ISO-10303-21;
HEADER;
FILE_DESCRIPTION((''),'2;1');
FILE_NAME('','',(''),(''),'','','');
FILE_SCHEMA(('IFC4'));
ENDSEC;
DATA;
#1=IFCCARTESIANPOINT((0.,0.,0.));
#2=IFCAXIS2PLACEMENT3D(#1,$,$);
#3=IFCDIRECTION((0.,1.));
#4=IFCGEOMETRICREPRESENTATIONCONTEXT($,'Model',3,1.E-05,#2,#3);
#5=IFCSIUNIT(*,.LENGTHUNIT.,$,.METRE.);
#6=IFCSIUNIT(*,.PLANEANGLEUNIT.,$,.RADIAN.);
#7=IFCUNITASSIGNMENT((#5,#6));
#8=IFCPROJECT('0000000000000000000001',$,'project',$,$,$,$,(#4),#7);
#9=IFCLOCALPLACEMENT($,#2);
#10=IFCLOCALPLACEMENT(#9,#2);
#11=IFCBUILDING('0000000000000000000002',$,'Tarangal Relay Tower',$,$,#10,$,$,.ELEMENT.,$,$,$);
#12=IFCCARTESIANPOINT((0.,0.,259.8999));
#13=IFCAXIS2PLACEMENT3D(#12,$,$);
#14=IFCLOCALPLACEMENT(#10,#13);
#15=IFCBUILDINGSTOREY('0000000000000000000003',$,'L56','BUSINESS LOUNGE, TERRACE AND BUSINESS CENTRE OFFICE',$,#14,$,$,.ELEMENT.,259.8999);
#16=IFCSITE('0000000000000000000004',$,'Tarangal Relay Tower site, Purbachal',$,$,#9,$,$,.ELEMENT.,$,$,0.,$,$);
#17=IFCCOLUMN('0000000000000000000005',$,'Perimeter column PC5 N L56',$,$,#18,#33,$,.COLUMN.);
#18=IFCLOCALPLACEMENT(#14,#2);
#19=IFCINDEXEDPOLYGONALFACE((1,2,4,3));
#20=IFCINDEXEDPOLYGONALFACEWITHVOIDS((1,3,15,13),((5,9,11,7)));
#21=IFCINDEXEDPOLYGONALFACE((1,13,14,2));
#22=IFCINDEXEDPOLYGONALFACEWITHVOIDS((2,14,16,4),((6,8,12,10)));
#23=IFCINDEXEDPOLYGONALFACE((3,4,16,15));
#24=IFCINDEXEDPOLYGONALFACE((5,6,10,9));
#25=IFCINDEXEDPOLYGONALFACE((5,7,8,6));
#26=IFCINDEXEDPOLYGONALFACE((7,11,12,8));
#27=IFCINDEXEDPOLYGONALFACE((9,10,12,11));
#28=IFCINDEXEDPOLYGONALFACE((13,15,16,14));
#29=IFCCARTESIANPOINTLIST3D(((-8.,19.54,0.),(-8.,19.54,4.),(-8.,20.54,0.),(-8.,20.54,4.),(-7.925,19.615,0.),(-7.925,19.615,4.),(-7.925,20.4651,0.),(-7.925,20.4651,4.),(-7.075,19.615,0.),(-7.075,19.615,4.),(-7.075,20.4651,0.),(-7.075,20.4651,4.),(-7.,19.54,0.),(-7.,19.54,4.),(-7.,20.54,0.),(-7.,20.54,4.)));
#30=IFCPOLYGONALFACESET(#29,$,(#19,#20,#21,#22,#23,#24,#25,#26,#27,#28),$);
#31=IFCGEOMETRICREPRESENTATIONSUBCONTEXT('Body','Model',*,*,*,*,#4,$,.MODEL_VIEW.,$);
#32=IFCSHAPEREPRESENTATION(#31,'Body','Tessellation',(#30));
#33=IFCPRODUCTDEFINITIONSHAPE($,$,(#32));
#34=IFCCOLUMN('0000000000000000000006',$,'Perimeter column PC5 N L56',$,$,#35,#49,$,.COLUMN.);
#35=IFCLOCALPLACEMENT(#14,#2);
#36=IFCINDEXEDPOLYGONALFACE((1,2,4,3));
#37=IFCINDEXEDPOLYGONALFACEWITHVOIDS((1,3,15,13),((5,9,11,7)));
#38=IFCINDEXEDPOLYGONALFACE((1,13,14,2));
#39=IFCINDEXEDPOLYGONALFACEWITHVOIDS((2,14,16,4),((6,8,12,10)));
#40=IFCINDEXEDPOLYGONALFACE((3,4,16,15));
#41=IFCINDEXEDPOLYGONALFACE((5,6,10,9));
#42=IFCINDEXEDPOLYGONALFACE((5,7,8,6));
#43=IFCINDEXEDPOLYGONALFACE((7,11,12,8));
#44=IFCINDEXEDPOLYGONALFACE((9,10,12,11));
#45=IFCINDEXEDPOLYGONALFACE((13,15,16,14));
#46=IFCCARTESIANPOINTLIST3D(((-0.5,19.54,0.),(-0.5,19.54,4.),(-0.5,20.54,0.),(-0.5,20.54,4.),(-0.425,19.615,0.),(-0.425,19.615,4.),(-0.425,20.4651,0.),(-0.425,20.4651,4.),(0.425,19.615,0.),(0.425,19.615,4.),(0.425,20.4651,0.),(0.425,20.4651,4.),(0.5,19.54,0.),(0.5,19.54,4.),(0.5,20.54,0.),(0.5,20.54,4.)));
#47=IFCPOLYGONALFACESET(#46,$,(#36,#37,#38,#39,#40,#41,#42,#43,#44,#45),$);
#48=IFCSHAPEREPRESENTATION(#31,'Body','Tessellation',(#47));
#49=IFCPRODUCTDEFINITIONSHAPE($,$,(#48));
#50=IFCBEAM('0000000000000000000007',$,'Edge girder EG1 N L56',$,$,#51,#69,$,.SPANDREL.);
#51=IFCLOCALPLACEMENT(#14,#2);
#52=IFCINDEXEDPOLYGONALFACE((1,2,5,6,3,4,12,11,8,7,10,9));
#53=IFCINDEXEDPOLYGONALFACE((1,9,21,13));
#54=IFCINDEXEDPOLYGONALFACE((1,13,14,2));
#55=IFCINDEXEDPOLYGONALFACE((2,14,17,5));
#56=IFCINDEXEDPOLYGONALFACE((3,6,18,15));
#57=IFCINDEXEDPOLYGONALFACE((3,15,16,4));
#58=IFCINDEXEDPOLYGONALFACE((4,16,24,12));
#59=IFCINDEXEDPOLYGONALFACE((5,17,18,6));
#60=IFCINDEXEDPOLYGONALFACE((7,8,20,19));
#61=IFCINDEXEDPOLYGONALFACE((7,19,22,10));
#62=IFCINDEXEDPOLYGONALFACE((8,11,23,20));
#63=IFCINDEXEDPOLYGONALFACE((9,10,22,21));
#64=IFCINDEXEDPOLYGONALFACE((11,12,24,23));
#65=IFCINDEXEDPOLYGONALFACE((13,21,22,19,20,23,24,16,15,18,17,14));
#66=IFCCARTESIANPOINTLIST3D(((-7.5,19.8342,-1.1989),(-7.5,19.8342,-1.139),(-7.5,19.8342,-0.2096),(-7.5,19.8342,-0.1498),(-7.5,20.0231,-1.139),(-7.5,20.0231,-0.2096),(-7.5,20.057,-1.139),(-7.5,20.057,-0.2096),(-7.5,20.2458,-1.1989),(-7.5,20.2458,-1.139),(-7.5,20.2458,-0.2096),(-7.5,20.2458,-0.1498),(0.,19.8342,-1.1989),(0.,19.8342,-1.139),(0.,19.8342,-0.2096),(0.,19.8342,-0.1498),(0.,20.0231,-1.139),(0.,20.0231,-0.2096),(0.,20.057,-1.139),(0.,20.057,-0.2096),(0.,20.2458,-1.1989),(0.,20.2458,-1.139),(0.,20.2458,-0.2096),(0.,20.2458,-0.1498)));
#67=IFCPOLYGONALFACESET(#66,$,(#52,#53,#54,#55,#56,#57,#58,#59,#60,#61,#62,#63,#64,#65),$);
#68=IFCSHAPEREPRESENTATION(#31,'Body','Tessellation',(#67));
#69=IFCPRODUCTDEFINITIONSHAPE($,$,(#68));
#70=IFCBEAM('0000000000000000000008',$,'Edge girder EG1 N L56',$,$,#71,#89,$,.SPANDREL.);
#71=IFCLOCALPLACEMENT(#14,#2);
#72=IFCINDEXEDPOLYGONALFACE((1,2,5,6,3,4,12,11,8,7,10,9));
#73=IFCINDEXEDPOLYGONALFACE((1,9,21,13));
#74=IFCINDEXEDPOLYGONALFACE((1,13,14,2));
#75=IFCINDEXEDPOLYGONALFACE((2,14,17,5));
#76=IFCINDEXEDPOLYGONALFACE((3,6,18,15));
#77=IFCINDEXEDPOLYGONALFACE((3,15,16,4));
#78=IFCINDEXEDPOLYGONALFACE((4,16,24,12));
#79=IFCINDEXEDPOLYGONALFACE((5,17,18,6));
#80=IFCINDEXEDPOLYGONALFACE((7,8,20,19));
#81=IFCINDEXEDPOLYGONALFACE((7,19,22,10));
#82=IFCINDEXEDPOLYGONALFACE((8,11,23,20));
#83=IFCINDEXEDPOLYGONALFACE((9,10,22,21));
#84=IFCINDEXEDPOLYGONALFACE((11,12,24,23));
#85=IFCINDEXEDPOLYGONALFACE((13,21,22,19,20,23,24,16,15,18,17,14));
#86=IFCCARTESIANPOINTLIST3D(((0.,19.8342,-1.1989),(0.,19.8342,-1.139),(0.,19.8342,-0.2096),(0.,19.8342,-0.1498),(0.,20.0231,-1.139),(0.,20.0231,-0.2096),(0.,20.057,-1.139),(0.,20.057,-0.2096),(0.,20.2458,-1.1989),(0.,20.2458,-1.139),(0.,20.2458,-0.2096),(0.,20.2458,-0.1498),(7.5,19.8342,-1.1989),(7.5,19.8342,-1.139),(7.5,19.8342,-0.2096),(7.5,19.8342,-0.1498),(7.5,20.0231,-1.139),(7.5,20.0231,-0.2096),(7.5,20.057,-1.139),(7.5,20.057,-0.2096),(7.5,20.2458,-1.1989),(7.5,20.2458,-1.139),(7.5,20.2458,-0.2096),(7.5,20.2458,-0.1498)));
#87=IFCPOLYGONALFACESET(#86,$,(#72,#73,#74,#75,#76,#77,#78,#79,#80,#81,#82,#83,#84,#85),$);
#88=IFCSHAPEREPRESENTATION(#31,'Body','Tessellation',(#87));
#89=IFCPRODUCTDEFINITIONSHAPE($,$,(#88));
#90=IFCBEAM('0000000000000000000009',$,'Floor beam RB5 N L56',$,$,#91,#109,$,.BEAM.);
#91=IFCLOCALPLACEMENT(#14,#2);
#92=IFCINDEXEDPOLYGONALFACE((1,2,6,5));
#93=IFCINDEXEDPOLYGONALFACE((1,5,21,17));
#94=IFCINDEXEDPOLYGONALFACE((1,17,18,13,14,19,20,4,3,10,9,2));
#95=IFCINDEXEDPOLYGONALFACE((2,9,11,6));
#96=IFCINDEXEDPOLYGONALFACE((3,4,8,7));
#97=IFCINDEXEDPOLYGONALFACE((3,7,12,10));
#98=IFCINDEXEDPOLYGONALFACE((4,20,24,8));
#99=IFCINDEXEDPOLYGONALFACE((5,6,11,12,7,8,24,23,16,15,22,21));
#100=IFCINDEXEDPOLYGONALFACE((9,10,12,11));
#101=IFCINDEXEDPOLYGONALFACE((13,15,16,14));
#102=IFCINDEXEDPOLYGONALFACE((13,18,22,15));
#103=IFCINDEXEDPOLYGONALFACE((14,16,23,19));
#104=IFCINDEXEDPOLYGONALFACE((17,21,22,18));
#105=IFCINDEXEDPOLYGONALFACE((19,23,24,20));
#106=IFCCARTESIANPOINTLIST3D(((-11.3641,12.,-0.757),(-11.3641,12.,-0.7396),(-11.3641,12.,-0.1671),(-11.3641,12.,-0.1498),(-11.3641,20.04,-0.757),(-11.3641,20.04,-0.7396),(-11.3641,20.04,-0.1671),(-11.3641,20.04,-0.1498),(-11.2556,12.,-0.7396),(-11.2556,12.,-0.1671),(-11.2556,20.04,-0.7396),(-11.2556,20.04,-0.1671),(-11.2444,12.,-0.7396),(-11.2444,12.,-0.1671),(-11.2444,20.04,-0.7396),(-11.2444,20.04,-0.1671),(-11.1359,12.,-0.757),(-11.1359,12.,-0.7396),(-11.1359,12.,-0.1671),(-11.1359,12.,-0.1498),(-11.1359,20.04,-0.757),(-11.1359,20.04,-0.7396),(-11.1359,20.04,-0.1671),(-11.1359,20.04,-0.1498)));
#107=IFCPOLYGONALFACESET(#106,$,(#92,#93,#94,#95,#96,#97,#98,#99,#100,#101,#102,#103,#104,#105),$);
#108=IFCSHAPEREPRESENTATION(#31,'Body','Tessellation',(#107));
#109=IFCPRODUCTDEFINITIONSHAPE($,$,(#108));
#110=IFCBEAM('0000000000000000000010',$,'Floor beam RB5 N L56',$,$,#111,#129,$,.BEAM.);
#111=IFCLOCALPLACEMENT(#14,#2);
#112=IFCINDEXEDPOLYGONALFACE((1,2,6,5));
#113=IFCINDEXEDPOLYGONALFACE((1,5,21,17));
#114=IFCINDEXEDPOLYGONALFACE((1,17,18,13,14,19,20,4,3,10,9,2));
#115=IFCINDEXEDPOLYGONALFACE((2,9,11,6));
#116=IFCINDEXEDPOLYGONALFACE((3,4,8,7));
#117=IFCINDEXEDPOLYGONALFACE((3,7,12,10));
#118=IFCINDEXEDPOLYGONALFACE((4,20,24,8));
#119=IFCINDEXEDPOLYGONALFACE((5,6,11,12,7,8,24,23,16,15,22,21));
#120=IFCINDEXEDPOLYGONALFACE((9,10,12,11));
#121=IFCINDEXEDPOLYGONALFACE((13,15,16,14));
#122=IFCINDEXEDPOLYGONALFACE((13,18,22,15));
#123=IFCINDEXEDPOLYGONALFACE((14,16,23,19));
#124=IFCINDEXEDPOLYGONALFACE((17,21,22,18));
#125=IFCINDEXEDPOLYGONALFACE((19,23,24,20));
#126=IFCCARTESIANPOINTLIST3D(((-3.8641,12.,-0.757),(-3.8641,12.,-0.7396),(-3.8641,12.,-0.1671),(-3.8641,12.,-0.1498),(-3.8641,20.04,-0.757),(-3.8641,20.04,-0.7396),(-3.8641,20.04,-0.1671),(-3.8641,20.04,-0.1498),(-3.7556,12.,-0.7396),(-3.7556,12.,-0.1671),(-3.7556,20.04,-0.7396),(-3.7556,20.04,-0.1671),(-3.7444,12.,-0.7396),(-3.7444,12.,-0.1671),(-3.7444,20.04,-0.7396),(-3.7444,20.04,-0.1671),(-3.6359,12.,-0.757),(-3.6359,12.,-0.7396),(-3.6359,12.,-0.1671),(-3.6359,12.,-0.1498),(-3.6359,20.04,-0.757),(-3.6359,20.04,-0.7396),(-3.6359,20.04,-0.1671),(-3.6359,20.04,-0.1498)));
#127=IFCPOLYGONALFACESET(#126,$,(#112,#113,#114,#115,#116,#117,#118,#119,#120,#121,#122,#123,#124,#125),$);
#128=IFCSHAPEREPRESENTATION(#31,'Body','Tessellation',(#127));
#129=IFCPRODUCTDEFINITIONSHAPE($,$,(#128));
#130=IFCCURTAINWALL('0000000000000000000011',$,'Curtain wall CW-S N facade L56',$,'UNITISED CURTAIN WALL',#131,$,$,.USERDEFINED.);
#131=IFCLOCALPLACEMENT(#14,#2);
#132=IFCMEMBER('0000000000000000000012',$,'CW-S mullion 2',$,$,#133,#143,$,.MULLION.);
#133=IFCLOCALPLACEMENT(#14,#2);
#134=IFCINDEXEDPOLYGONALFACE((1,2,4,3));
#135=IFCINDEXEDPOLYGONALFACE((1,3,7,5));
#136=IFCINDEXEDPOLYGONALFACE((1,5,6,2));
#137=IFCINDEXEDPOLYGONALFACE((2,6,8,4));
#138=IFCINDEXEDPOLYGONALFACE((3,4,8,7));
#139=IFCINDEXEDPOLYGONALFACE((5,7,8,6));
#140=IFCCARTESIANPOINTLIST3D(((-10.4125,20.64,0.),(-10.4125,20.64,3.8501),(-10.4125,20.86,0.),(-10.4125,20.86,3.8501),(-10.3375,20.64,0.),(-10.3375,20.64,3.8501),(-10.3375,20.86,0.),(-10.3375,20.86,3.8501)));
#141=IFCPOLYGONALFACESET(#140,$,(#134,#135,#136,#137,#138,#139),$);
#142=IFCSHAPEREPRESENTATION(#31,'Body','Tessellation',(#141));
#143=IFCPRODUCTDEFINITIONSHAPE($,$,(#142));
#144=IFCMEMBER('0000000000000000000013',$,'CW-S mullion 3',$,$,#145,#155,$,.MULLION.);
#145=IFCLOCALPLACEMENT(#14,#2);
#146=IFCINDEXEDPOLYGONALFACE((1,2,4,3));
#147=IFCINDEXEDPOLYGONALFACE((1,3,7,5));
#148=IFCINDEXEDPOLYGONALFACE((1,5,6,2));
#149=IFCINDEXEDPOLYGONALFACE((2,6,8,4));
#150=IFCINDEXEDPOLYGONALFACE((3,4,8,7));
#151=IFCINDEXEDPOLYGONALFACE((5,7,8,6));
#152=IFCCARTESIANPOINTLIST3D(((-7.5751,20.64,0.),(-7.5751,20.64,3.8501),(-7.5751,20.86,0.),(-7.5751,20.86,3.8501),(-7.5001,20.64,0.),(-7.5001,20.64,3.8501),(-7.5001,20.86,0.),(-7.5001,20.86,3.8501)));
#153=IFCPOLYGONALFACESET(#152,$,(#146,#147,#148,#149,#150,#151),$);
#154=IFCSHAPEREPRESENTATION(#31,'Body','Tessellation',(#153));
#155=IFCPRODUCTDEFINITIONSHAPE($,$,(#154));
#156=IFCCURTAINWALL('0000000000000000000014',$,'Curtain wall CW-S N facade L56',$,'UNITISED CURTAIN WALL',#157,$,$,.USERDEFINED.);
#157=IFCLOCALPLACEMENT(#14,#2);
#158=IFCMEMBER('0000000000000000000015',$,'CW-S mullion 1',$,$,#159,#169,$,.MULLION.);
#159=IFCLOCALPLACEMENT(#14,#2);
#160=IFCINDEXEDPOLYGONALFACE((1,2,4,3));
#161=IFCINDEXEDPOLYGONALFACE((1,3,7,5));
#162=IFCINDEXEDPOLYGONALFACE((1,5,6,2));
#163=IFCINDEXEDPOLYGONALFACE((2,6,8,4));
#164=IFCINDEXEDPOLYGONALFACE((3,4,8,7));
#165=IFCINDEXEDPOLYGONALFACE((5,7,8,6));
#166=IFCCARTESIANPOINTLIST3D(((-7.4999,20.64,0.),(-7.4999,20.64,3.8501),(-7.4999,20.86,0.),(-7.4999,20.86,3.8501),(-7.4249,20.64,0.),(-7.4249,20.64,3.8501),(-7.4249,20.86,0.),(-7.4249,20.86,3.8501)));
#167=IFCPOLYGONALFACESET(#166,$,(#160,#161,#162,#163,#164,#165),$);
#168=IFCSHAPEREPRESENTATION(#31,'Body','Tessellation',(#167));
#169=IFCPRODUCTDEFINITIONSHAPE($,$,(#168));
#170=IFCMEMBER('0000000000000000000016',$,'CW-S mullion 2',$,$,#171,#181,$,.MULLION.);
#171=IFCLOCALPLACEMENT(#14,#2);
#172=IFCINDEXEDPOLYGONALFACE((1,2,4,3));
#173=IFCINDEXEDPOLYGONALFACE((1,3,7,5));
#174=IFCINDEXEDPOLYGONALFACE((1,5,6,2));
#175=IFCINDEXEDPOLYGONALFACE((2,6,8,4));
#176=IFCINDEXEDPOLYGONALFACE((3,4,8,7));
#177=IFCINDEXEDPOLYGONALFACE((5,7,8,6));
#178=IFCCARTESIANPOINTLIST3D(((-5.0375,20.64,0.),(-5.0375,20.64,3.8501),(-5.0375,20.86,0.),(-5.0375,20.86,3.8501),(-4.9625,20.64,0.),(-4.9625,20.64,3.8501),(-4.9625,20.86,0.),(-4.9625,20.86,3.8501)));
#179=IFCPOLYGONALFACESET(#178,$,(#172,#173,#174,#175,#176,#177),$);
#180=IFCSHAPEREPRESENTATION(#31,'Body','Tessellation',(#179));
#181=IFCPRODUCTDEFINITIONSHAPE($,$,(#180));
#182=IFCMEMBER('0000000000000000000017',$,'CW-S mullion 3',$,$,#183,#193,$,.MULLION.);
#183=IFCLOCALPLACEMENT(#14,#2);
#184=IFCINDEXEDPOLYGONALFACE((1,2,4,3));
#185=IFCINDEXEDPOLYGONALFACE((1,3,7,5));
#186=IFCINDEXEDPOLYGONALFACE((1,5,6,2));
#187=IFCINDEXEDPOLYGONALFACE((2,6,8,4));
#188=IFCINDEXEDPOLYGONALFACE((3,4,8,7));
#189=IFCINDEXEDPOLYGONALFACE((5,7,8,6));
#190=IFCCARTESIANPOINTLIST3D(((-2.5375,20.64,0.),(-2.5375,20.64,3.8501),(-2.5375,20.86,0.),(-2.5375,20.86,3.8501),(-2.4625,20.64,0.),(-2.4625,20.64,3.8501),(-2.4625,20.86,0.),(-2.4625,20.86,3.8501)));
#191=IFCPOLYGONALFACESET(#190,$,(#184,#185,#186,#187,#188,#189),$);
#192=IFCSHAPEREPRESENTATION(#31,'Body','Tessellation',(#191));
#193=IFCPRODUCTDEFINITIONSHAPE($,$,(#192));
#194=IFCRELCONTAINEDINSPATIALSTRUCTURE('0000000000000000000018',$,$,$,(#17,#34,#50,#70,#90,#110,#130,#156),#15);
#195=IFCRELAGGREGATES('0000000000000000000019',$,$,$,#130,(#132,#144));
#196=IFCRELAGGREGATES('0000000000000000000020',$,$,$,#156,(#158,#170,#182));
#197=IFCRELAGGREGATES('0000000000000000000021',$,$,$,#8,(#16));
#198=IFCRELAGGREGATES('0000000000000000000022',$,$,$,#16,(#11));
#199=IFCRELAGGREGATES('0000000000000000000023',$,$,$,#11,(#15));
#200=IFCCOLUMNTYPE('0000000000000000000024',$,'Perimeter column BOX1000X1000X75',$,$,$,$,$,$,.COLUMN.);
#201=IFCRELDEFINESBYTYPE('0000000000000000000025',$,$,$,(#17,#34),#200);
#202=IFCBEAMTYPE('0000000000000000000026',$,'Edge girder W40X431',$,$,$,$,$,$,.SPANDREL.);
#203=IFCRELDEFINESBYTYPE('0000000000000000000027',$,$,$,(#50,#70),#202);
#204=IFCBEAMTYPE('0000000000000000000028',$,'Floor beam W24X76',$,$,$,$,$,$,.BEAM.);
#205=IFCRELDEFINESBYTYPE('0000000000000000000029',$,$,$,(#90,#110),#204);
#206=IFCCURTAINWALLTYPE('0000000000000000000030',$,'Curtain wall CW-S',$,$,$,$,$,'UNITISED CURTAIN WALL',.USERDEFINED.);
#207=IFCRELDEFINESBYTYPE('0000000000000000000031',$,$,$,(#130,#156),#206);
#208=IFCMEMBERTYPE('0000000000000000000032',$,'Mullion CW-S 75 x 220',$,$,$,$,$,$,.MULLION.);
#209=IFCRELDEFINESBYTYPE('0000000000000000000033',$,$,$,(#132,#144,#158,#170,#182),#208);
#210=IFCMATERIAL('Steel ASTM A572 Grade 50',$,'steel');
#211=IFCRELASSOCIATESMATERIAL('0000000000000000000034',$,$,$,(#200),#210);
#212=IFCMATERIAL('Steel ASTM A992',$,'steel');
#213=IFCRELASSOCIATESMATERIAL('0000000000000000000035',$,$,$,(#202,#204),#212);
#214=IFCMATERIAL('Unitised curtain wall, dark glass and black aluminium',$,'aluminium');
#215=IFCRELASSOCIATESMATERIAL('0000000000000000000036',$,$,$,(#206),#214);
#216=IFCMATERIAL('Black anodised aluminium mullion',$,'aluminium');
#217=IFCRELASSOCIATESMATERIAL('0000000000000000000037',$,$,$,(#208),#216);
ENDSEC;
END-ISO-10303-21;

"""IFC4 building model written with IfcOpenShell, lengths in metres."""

from ifc_helpers import new_model, si_unit, direction, frame, origin, origin_2d, place, context, subcontext, project, spatial, rectangle, hollow_rectangle, i_section, extrude, material, material_profile, profile_set, type_object, element, aggregate, save


model = new_model("IFC4")

# Units and contexts
model_context = context("Model", 3, precision=1e-05, world=origin(), true_north=direction((0.0, 1.0)))
body_context = subcontext(model_context, "Body", "Model", "MODEL_VIEW")
ifc_project = project(units=[si_unit("LENGTHUNIT", "METRE"), si_unit("PLANEANGLEUNIT", "RADIAN")], contexts=[model_context])

# Site, building, storey
site_placement = place(None, origin())
site = spatial("IfcSite", under=ifc_project, at=site_placement, Name="Tarangal Relay Tower site, Purbachal", CompositionType="ELEMENT", RefElevation=0.0)
building_placement = place(site_placement, origin())
building = spatial("IfcBuilding", under=site, at=building_placement, Name="Tarangal Relay Tower", CompositionType="ELEMENT")
storey_placement = place(building_placement, frame((0.0, 0.0, 259.8999)))
storey = spatial("IfcBuildingStorey", under=building, at=storey_placement, Name="L56", Description="BUSINESS LOUNGE, TERRACE AND BUSINESS CENTRE OFFICE", CompositionType="ELEMENT", Elevation=259.8999)

# Columns
ifc_material_1 = material(Name="Steel ASTM A572 Grade 50", Category="steel")
ifc_material_profile_1 = material_profile(ifc_material_1, hollow_rectangle(XDim=1.0, YDim=1.0, WallThickness=0.075, at=origin_2d()), Name="BOX1000X1000X75")
ifc_profile_set_1 = profile_set([ifc_material_profile_1], Name="Steel ASTM A572 Grade 50")
column_type = type_object("IfcColumnType", Name="Perimeter column BOX1000X1000X75", PredefinedType="COLUMN", material=ifc_profile_set_1)
for number, where, z_axis, x_axis, name in (
    (1, (-7.5, 20.04, 0.0), (0.0, 0.0, 1.0), (1.0, 0.0, 0.0), "Perimeter column PC5 N L56"),
    (2, (0.0, 20.04, 0.0), (0.0, 0.0, 1.0), (1.0, 0.0, 0.0), "Perimeter column PC5 N L56"),
):
    element("IfcColumn", number, at=place(storey_placement, frame(where, z_axis=z_axis, x_axis=x_axis)), inside=storey, type_object=column_type, Name=name, PredefinedType="COLUMN", context=body_context, shape_type="SweptSolid", body=[
        extrude(hollow_rectangle(XDim=1.0, YDim=1.0, WallThickness=0.075, at=origin_2d()), origin(), (0.0, 0.0, 1.0), 4.0),
    ])

# Beams
ifc_material_2 = material(Name="Steel ASTM A992", Category="steel")
ifc_material_profile_2 = material_profile(ifc_material_2, i_section(OverallWidth=0.4116, OverallDepth=1.0491, WebThickness=0.0339, FlangeThickness=0.0598, at=origin_2d()), Name="W40X431")
ifc_profile_set_2 = profile_set([ifc_material_profile_2], Name="Steel ASTM A992")
beam_type_1 = type_object("IfcBeamType", Name="Edge girder W40X431", PredefinedType="SPANDREL", material=ifc_profile_set_2)
for number, where, z_axis, x_axis, name in (
    (3, (-7.5, 20.04, -0.6743), (1.0, 0.0, 0.0), (0.0, 1.0, 0.0), "Edge girder EG1 N L56"),
    (4, (0.0, 20.04, -0.6743), (1.0, 0.0, 0.0), (0.0, 1.0, 0.0), "Edge girder EG1 N L56"),
):
    element("IfcBeam", number, at=place(storey_placement, frame(where, z_axis=z_axis, x_axis=x_axis)), inside=storey, type_object=beam_type_1, Name=name, PredefinedType="SPANDREL", context=body_context, shape_type="SweptSolid", body=[
        extrude(i_section(OverallWidth=0.4116, OverallDepth=1.0491, WebThickness=0.0339, FlangeThickness=0.0598, at=origin_2d()), origin(), (0.0, 0.0, 1.0), 7.5),
    ])
ifc_material_profile_3 = material_profile(ifc_material_2, i_section(OverallWidth=0.2283, OverallDepth=0.6072, WebThickness=0.0112, FlangeThickness=0.0173, at=origin_2d()), Name="W24X76")
ifc_profile_set_3 = profile_set([ifc_material_profile_3], Name="Steel ASTM A992")
beam_type_2 = type_object("IfcBeamType", Name="Floor beam W24X76", PredefinedType="BEAM", material=ifc_profile_set_3)
for number, where, z_axis, x_axis, name in (
    (5, (-11.25, 12.0, -0.4534), (0.0, 1.0, 0.0), (-1.0, 0.0, 0.0), "Floor beam RB5 N L56"),
    (6, (-3.75, 12.0, -0.4534), (0.0, 1.0, 0.0), (-1.0, 0.0, 0.0), "Floor beam RB5 N L56"),
):
    element("IfcBeam", number, at=place(storey_placement, frame(where, z_axis=z_axis, x_axis=x_axis)), inside=storey, type_object=beam_type_2, Name=name, PredefinedType="BEAM", context=body_context, shape_type="SweptSolid", body=[
        extrude(i_section(OverallWidth=0.2283, OverallDepth=0.6072, WebThickness=0.0112, FlangeThickness=0.0173, at=origin_2d()), origin(), (0.0, 0.0, 1.0), 8.04),
    ])

# Curtain walls, members
ifc_material_3 = material(Name="Unitised curtain wall, dark glass and black aluminium", Category="aluminium")
curtain_wall_type = type_object("IfcCurtainWallType", Name="Curtain wall CW-S", ElementType="UNITISED CURTAIN WALL", PredefinedType="USERDEFINED", material=ifc_material_3)
curtain_wall_1_placement = place(storey_placement, origin())
curtain_wall_1 = element("IfcCurtainWall", 7, at=curtain_wall_1_placement, inside=storey, type_object=curtain_wall_type, Name="Curtain wall CW-S N facade L56", ObjectType="UNITISED CURTAIN WALL", PredefinedType="USERDEFINED")
ifc_material_4 = material(Name="Black anodised aluminium mullion", Category="aluminium")
ifc_material_profile_4 = material_profile(ifc_material_4, rectangle(XDim=0.22, YDim=0.075, at=origin_2d()), Name="CW-SM 75X220")
ifc_profile_set_4 = profile_set([ifc_material_profile_4], Name="Black anodised aluminium mullion")
member_type_1 = type_object("IfcMemberType", Name="Mullion CW-S 75 x 220", PredefinedType="MULLION", material=ifc_profile_set_4)
member_1_placement = place(storey_placement, frame((-10.375, 20.75, 0.0), z_axis=(0.0, 0.0, 1.0), x_axis=(0.0, 1.0, 0.0)))
member_1 = element("IfcMember", 8, at=member_1_placement, type_object=member_type_1, Name="CW-S mullion 2", PredefinedType="MULLION", context=body_context, shape_type="SweptSolid", body=[
    extrude(rectangle(XDim=0.22, YDim=0.075, at=origin_2d()), origin(), (0.0, 0.0, 1.0), 3.8501),
])
member_2_placement = place(storey_placement, frame((-7.5376, 20.75, 0.0), z_axis=(0.0, 0.0, 1.0), x_axis=(0.0, 1.0, 0.0)))
member_2 = element("IfcMember", 9, at=member_2_placement, type_object=member_type_1, Name="CW-S mullion 3", PredefinedType="MULLION", context=body_context, shape_type="SweptSolid", body=[
    extrude(rectangle(XDim=0.22, YDim=0.075, at=origin_2d()), origin(), (0.0, 0.0, 1.0), 3.8501),
])
curtain_wall_2_placement = place(storey_placement, origin())
curtain_wall_2 = element("IfcCurtainWall", 10, at=curtain_wall_2_placement, inside=storey, type_object=curtain_wall_type, Name="Curtain wall CW-S N facade L56", ObjectType="UNITISED CURTAIN WALL", PredefinedType="USERDEFINED")
member_3_placement = place(storey_placement, frame((-7.4624, 20.75, 0.0), z_axis=(0.0, 0.0, 1.0), x_axis=(0.0, 1.0, 0.0)))
member_3 = element("IfcMember", 11, at=member_3_placement, type_object=member_type_1, Name="CW-S mullion 1", PredefinedType="MULLION", context=body_context, shape_type="SweptSolid", body=[
    extrude(rectangle(XDim=0.22, YDim=0.075, at=origin_2d()), origin(), (0.0, 0.0, 1.0), 3.8501),
])
member_4_placement = place(storey_placement, frame((-5.0, 20.75, 0.0), z_axis=(0.0, 0.0, 1.0), x_axis=(0.0, 1.0, 0.0)))
member_4 = element("IfcMember", 12, at=member_4_placement, type_object=member_type_1, Name="CW-S mullion 2", PredefinedType="MULLION", context=body_context, shape_type="SweptSolid", body=[
    extrude(rectangle(XDim=0.22, YDim=0.075, at=origin_2d()), origin(), (0.0, 0.0, 1.0), 3.8501),
])
member_5_placement = place(storey_placement, frame((-2.5, 20.75, 0.0), z_axis=(0.0, 0.0, 1.0), x_axis=(0.0, 1.0, 0.0)))
member_5 = element("IfcMember", 13, at=member_5_placement, type_object=member_type_1, Name="CW-S mullion 3", PredefinedType="MULLION", context=body_context, shape_type="SweptSolid", body=[
    extrude(rectangle(XDim=0.22, YDim=0.075, at=origin_2d()), origin(), (0.0, 0.0, 1.0), 3.8501),
])

aggregate(curtain_wall_1, [member_1, member_2])
aggregate(curtain_wall_2, [member_3, member_4, member_5])

save(model, "model.ifc")
